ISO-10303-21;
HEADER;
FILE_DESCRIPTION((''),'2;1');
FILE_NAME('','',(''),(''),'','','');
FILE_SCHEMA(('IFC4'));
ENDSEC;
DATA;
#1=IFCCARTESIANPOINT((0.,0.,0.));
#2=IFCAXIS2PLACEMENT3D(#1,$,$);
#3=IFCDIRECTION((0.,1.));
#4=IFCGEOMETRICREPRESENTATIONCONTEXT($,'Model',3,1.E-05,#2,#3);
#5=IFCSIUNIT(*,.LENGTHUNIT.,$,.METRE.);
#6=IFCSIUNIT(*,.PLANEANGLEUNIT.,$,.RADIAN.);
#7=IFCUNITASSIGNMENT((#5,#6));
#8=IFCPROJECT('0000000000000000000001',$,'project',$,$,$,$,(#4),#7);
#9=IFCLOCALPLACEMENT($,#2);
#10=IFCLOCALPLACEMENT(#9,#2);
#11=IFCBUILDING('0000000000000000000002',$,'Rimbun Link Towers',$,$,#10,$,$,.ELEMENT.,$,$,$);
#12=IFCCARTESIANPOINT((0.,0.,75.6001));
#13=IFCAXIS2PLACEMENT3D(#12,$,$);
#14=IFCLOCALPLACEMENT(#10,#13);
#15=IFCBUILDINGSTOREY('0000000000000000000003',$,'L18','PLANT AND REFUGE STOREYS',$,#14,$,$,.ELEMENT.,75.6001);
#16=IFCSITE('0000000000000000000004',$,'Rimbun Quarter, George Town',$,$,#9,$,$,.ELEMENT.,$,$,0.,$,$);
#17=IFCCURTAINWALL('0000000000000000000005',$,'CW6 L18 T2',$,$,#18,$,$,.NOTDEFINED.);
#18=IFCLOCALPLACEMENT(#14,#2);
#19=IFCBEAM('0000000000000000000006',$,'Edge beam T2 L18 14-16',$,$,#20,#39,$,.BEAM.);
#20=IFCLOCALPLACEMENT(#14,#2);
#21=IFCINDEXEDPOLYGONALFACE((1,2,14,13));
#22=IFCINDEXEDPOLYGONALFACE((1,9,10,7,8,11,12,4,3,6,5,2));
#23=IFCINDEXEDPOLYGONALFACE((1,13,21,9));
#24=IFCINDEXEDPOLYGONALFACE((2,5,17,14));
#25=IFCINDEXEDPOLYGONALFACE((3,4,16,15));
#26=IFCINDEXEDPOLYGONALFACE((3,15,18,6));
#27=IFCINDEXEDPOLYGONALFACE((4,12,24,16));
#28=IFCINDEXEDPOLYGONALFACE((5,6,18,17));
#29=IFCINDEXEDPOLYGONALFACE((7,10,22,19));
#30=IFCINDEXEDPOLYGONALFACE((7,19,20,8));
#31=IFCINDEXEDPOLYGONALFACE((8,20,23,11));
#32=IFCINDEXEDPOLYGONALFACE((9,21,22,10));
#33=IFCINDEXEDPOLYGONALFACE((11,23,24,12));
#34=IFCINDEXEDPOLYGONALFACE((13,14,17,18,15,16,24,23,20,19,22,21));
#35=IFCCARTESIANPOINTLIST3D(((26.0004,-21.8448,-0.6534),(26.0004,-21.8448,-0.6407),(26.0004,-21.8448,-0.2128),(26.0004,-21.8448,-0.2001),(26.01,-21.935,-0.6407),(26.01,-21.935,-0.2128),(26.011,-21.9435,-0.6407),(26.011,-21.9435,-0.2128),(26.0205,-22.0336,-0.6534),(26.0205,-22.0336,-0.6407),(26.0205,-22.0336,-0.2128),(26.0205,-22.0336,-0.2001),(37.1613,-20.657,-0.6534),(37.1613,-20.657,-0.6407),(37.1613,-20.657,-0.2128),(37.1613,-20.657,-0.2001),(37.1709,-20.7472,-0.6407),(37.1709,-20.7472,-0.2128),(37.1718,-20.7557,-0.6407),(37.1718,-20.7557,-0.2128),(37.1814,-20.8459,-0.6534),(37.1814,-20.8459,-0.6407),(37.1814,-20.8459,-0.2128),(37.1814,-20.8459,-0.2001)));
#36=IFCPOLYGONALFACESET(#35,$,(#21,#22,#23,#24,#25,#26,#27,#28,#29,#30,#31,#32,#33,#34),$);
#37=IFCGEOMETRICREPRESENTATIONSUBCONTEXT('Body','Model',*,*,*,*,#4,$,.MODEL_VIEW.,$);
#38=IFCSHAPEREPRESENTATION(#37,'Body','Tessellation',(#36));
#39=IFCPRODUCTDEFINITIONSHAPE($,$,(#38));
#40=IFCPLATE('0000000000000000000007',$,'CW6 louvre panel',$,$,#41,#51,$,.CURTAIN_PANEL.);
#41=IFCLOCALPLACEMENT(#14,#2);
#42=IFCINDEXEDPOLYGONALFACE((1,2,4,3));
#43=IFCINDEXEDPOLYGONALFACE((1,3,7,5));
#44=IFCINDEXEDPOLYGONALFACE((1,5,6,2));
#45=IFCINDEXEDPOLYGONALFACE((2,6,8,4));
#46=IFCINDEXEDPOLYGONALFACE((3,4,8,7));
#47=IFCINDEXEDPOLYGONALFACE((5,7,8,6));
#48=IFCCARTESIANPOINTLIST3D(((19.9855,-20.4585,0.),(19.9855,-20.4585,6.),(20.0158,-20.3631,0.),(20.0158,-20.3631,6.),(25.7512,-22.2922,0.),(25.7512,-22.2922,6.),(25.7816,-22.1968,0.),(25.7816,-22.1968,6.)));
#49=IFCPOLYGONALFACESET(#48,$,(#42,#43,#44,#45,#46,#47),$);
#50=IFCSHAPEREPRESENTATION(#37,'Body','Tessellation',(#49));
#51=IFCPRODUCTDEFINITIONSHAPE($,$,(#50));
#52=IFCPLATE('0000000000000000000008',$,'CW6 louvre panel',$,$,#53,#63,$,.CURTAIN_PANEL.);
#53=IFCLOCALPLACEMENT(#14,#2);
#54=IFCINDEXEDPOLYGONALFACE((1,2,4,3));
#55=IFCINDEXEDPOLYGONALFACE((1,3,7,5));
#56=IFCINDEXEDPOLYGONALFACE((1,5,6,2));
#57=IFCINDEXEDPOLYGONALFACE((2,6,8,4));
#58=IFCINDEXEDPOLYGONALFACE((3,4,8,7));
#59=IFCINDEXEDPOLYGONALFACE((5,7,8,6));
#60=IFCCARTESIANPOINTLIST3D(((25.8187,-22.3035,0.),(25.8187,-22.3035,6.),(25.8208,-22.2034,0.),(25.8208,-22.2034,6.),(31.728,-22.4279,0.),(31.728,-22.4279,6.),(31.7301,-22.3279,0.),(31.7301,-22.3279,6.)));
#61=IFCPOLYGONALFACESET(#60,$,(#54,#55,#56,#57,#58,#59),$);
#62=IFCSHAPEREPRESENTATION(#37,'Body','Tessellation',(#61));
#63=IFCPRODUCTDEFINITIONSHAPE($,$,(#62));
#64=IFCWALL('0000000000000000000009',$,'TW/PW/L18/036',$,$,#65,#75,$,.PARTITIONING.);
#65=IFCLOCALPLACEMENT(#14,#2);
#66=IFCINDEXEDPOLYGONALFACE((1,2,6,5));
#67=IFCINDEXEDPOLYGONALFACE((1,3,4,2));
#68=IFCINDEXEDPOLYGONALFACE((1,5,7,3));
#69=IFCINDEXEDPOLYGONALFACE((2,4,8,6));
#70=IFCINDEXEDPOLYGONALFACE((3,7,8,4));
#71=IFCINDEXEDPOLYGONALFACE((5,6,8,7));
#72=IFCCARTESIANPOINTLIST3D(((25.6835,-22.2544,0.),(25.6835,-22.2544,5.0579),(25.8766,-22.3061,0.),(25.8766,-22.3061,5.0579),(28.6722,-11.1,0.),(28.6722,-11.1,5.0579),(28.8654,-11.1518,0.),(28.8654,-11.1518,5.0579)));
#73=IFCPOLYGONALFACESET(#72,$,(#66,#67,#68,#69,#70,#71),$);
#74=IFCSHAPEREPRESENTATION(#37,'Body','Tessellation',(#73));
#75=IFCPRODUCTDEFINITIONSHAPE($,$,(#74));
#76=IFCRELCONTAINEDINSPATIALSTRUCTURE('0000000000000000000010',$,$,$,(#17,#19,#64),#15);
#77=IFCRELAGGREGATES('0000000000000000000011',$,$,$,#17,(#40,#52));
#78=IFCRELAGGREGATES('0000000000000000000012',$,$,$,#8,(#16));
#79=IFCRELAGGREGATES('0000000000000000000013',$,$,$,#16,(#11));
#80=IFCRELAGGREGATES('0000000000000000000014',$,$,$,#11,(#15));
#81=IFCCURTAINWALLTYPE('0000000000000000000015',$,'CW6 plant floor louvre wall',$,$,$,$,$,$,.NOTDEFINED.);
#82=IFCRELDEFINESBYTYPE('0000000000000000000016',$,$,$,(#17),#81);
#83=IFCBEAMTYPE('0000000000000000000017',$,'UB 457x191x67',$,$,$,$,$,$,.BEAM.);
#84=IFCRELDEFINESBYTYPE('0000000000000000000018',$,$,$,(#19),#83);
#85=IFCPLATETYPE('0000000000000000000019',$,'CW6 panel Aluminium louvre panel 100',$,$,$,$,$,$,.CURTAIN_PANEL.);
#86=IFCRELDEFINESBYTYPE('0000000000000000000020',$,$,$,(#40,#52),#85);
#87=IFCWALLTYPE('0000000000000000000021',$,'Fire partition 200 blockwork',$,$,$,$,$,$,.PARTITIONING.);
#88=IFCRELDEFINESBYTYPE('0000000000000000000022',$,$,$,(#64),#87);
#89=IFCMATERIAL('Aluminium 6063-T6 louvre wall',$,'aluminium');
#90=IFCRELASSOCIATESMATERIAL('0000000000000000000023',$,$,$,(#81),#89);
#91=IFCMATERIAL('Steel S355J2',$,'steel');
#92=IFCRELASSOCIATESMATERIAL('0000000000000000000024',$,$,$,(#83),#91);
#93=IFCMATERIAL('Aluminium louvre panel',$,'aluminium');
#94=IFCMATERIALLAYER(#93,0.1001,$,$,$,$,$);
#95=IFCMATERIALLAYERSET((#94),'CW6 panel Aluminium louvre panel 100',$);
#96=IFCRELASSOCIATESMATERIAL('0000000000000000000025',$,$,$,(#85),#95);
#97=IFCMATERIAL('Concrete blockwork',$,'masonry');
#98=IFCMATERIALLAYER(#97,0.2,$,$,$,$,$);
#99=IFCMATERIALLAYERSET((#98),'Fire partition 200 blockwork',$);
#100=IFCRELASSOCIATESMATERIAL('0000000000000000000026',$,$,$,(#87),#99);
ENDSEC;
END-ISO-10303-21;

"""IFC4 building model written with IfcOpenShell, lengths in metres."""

from ifc_helpers import new_model, si_unit, direction, frame, frame_2d, origin, origin_2d, place, context, subcontext, project, spatial, rectangle, i_section, extrude, material, layer, layer_set, material_profile, profile_set, type_object, element, aggregate, save


model = new_model("IFC4")

# Units and contexts
model_context = context("Model", 3, precision=1e-05, world=origin(), true_north=direction((0.0, 1.0)))
body_context = subcontext(model_context, "Body", "Model", "MODEL_VIEW")
ifc_project = project(units=[si_unit("LENGTHUNIT", "METRE"), si_unit("PLANEANGLEUNIT", "RADIAN")], contexts=[model_context])

# Site, building, storey
site_placement = place(None, origin())
site = spatial("IfcSite", under=ifc_project, at=site_placement, Name="Rimbun Quarter, George Town", CompositionType="ELEMENT", RefElevation=0.0)
building_placement = place(site_placement, origin())
building = spatial("IfcBuilding", under=site, at=building_placement, Name="Rimbun Link Towers", CompositionType="ELEMENT")
storey_placement = place(building_placement, frame((0.0, 0.0, 75.6001)))
storey = spatial("IfcBuildingStorey", under=building, at=storey_placement, Name="L18", Description="PLANT AND REFUGE STOREYS", CompositionType="ELEMENT", Elevation=75.6001)

# Curtain wall
ifc_material_1 = material(Name="Aluminium 6063-T6 louvre wall", Category="aluminium")
curtain_wall_type = type_object("IfcCurtainWallType", Name="CW6 plant floor louvre wall", PredefinedType="NOTDEFINED", material=ifc_material_1)
curtain_wall_placement = place(storey_placement, origin())
curtain_wall = element("IfcCurtainWall", 1, at=curtain_wall_placement, inside=storey, type_object=curtain_wall_type, Name="CW6 L18 T2", PredefinedType="NOTDEFINED")

# Beam
ifc_material_2 = material(Name="Steel S355J2", Category="steel")
ifc_material_profile_1 = material_profile(ifc_material_2, i_section(OverallWidth=0.1899, OverallDepth=0.4534, WebThickness=0.0085, FlangeThickness=0.0127, at=origin_2d()), Name="UB 457x191x67")
ifc_profile_set_1 = profile_set([ifc_material_profile_1], Name="Steel S355J2")
beam_type_1 = type_object("IfcBeamType", Name="UB 457x191x67", PredefinedType="BEAM", material=ifc_profile_set_1)
beam_1_placement = place(storey_placement, frame((26.0105, -21.9392, -0.4268), z_axis=(0.994385, 0.105823, 0.0), x_axis=(-0.105823, 0.994385, 0.0)))
element("IfcBeam", 2, at=beam_1_placement, inside=storey, type_object=beam_type_1, Name="Edge beam T2 L18 14-16", PredefinedType="BEAM", context=body_context, shape_type="SweptSolid", body=[
    extrude(i_section(OverallWidth=0.1899, OverallDepth=0.4534, WebThickness=0.0085, FlangeThickness=0.0127, at=origin_2d()), origin(), (0.0, 0.0, 1.0), 11.2239),
])

# Plates
ifc_material_3 = material(Name="Aluminium louvre panel", Category="aluminium")
ifc_layer_1 = layer(ifc_material_3, 0.1001)
ifc_layer_set_1 = layer_set([ifc_layer_1], Name="CW6 panel Aluminium louvre panel 100")
plate_type = type_object("IfcPlateType", Name="CW6 panel Aluminium louvre panel 100", PredefinedType="CURTAIN_PANEL", material=ifc_layer_set_1)
plate_1_placement = place(storey_placement, frame((22.8835, -21.3276, 0.0), z_axis=(0.0, 0.0, 1.0), x_axis=(-0.952968, 0.30307, 0.0)))
plate_1 = element("IfcPlate", 3, at=plate_1_placement, type_object=plate_type, Name="CW6 louvre panel", PredefinedType="CURTAIN_PANEL", context=body_context, shape_type="SweptSolid", body=[
    extrude(rectangle(XDim=6.0503, YDim=0.1001, at=origin_2d()), origin(), (0.0, 0.0, 1.0), 6.0),
])
plate_2_placement = place(storey_placement, frame((28.7744, -22.3157, 0.0), z_axis=(0.0, 0.0, 1.0), x_axis=(-0.999778, 0.021057, 0.0)))
plate_2 = element("IfcPlate", 4, at=plate_2_placement, type_object=plate_type, Name="CW6 louvre panel", PredefinedType="CURTAIN_PANEL", context=body_context, shape_type="SweptSolid", body=[
    extrude(rectangle(XDim=5.9106, YDim=0.1001, at=origin_2d()), origin(), (0.0, 0.0, 1.0), 6.0),
])
aggregate(curtain_wall, [plate_1, plate_2])

# Wall
ifc_material_4 = material(Name="Concrete blockwork", Category="masonry")
ifc_layer_2 = layer(ifc_material_4, 0.2)
ifc_layer_set_2 = layer_set([ifc_layer_2], Name="Fire partition 200 blockwork")
wall_type = type_object("IfcWallType", Name="Fire partition 200 blockwork", PredefinedType="PARTITIONING", material=ifc_layer_set_2)
wall_placement = place(storey_placement, frame((25.78, -22.2803, 0.0), z_axis=(0.0, 0.0, 1.0), x_axis=(0.258818, 0.965926, 0.0)))
element("IfcWall", 5, at=wall_placement, inside=storey, type_object=wall_type, Name="TW/PW/L18/036", PredefinedType="PARTITIONING", context=body_context, shape_type="SweptSolid", body=[
    extrude(rectangle(XDim=11.5479, YDim=0.2, at=frame_2d((5.7739, 0.0))), origin(), (0.0, 0.0, 1.0), 5.0579),
])

save(model, "model.ifc")
